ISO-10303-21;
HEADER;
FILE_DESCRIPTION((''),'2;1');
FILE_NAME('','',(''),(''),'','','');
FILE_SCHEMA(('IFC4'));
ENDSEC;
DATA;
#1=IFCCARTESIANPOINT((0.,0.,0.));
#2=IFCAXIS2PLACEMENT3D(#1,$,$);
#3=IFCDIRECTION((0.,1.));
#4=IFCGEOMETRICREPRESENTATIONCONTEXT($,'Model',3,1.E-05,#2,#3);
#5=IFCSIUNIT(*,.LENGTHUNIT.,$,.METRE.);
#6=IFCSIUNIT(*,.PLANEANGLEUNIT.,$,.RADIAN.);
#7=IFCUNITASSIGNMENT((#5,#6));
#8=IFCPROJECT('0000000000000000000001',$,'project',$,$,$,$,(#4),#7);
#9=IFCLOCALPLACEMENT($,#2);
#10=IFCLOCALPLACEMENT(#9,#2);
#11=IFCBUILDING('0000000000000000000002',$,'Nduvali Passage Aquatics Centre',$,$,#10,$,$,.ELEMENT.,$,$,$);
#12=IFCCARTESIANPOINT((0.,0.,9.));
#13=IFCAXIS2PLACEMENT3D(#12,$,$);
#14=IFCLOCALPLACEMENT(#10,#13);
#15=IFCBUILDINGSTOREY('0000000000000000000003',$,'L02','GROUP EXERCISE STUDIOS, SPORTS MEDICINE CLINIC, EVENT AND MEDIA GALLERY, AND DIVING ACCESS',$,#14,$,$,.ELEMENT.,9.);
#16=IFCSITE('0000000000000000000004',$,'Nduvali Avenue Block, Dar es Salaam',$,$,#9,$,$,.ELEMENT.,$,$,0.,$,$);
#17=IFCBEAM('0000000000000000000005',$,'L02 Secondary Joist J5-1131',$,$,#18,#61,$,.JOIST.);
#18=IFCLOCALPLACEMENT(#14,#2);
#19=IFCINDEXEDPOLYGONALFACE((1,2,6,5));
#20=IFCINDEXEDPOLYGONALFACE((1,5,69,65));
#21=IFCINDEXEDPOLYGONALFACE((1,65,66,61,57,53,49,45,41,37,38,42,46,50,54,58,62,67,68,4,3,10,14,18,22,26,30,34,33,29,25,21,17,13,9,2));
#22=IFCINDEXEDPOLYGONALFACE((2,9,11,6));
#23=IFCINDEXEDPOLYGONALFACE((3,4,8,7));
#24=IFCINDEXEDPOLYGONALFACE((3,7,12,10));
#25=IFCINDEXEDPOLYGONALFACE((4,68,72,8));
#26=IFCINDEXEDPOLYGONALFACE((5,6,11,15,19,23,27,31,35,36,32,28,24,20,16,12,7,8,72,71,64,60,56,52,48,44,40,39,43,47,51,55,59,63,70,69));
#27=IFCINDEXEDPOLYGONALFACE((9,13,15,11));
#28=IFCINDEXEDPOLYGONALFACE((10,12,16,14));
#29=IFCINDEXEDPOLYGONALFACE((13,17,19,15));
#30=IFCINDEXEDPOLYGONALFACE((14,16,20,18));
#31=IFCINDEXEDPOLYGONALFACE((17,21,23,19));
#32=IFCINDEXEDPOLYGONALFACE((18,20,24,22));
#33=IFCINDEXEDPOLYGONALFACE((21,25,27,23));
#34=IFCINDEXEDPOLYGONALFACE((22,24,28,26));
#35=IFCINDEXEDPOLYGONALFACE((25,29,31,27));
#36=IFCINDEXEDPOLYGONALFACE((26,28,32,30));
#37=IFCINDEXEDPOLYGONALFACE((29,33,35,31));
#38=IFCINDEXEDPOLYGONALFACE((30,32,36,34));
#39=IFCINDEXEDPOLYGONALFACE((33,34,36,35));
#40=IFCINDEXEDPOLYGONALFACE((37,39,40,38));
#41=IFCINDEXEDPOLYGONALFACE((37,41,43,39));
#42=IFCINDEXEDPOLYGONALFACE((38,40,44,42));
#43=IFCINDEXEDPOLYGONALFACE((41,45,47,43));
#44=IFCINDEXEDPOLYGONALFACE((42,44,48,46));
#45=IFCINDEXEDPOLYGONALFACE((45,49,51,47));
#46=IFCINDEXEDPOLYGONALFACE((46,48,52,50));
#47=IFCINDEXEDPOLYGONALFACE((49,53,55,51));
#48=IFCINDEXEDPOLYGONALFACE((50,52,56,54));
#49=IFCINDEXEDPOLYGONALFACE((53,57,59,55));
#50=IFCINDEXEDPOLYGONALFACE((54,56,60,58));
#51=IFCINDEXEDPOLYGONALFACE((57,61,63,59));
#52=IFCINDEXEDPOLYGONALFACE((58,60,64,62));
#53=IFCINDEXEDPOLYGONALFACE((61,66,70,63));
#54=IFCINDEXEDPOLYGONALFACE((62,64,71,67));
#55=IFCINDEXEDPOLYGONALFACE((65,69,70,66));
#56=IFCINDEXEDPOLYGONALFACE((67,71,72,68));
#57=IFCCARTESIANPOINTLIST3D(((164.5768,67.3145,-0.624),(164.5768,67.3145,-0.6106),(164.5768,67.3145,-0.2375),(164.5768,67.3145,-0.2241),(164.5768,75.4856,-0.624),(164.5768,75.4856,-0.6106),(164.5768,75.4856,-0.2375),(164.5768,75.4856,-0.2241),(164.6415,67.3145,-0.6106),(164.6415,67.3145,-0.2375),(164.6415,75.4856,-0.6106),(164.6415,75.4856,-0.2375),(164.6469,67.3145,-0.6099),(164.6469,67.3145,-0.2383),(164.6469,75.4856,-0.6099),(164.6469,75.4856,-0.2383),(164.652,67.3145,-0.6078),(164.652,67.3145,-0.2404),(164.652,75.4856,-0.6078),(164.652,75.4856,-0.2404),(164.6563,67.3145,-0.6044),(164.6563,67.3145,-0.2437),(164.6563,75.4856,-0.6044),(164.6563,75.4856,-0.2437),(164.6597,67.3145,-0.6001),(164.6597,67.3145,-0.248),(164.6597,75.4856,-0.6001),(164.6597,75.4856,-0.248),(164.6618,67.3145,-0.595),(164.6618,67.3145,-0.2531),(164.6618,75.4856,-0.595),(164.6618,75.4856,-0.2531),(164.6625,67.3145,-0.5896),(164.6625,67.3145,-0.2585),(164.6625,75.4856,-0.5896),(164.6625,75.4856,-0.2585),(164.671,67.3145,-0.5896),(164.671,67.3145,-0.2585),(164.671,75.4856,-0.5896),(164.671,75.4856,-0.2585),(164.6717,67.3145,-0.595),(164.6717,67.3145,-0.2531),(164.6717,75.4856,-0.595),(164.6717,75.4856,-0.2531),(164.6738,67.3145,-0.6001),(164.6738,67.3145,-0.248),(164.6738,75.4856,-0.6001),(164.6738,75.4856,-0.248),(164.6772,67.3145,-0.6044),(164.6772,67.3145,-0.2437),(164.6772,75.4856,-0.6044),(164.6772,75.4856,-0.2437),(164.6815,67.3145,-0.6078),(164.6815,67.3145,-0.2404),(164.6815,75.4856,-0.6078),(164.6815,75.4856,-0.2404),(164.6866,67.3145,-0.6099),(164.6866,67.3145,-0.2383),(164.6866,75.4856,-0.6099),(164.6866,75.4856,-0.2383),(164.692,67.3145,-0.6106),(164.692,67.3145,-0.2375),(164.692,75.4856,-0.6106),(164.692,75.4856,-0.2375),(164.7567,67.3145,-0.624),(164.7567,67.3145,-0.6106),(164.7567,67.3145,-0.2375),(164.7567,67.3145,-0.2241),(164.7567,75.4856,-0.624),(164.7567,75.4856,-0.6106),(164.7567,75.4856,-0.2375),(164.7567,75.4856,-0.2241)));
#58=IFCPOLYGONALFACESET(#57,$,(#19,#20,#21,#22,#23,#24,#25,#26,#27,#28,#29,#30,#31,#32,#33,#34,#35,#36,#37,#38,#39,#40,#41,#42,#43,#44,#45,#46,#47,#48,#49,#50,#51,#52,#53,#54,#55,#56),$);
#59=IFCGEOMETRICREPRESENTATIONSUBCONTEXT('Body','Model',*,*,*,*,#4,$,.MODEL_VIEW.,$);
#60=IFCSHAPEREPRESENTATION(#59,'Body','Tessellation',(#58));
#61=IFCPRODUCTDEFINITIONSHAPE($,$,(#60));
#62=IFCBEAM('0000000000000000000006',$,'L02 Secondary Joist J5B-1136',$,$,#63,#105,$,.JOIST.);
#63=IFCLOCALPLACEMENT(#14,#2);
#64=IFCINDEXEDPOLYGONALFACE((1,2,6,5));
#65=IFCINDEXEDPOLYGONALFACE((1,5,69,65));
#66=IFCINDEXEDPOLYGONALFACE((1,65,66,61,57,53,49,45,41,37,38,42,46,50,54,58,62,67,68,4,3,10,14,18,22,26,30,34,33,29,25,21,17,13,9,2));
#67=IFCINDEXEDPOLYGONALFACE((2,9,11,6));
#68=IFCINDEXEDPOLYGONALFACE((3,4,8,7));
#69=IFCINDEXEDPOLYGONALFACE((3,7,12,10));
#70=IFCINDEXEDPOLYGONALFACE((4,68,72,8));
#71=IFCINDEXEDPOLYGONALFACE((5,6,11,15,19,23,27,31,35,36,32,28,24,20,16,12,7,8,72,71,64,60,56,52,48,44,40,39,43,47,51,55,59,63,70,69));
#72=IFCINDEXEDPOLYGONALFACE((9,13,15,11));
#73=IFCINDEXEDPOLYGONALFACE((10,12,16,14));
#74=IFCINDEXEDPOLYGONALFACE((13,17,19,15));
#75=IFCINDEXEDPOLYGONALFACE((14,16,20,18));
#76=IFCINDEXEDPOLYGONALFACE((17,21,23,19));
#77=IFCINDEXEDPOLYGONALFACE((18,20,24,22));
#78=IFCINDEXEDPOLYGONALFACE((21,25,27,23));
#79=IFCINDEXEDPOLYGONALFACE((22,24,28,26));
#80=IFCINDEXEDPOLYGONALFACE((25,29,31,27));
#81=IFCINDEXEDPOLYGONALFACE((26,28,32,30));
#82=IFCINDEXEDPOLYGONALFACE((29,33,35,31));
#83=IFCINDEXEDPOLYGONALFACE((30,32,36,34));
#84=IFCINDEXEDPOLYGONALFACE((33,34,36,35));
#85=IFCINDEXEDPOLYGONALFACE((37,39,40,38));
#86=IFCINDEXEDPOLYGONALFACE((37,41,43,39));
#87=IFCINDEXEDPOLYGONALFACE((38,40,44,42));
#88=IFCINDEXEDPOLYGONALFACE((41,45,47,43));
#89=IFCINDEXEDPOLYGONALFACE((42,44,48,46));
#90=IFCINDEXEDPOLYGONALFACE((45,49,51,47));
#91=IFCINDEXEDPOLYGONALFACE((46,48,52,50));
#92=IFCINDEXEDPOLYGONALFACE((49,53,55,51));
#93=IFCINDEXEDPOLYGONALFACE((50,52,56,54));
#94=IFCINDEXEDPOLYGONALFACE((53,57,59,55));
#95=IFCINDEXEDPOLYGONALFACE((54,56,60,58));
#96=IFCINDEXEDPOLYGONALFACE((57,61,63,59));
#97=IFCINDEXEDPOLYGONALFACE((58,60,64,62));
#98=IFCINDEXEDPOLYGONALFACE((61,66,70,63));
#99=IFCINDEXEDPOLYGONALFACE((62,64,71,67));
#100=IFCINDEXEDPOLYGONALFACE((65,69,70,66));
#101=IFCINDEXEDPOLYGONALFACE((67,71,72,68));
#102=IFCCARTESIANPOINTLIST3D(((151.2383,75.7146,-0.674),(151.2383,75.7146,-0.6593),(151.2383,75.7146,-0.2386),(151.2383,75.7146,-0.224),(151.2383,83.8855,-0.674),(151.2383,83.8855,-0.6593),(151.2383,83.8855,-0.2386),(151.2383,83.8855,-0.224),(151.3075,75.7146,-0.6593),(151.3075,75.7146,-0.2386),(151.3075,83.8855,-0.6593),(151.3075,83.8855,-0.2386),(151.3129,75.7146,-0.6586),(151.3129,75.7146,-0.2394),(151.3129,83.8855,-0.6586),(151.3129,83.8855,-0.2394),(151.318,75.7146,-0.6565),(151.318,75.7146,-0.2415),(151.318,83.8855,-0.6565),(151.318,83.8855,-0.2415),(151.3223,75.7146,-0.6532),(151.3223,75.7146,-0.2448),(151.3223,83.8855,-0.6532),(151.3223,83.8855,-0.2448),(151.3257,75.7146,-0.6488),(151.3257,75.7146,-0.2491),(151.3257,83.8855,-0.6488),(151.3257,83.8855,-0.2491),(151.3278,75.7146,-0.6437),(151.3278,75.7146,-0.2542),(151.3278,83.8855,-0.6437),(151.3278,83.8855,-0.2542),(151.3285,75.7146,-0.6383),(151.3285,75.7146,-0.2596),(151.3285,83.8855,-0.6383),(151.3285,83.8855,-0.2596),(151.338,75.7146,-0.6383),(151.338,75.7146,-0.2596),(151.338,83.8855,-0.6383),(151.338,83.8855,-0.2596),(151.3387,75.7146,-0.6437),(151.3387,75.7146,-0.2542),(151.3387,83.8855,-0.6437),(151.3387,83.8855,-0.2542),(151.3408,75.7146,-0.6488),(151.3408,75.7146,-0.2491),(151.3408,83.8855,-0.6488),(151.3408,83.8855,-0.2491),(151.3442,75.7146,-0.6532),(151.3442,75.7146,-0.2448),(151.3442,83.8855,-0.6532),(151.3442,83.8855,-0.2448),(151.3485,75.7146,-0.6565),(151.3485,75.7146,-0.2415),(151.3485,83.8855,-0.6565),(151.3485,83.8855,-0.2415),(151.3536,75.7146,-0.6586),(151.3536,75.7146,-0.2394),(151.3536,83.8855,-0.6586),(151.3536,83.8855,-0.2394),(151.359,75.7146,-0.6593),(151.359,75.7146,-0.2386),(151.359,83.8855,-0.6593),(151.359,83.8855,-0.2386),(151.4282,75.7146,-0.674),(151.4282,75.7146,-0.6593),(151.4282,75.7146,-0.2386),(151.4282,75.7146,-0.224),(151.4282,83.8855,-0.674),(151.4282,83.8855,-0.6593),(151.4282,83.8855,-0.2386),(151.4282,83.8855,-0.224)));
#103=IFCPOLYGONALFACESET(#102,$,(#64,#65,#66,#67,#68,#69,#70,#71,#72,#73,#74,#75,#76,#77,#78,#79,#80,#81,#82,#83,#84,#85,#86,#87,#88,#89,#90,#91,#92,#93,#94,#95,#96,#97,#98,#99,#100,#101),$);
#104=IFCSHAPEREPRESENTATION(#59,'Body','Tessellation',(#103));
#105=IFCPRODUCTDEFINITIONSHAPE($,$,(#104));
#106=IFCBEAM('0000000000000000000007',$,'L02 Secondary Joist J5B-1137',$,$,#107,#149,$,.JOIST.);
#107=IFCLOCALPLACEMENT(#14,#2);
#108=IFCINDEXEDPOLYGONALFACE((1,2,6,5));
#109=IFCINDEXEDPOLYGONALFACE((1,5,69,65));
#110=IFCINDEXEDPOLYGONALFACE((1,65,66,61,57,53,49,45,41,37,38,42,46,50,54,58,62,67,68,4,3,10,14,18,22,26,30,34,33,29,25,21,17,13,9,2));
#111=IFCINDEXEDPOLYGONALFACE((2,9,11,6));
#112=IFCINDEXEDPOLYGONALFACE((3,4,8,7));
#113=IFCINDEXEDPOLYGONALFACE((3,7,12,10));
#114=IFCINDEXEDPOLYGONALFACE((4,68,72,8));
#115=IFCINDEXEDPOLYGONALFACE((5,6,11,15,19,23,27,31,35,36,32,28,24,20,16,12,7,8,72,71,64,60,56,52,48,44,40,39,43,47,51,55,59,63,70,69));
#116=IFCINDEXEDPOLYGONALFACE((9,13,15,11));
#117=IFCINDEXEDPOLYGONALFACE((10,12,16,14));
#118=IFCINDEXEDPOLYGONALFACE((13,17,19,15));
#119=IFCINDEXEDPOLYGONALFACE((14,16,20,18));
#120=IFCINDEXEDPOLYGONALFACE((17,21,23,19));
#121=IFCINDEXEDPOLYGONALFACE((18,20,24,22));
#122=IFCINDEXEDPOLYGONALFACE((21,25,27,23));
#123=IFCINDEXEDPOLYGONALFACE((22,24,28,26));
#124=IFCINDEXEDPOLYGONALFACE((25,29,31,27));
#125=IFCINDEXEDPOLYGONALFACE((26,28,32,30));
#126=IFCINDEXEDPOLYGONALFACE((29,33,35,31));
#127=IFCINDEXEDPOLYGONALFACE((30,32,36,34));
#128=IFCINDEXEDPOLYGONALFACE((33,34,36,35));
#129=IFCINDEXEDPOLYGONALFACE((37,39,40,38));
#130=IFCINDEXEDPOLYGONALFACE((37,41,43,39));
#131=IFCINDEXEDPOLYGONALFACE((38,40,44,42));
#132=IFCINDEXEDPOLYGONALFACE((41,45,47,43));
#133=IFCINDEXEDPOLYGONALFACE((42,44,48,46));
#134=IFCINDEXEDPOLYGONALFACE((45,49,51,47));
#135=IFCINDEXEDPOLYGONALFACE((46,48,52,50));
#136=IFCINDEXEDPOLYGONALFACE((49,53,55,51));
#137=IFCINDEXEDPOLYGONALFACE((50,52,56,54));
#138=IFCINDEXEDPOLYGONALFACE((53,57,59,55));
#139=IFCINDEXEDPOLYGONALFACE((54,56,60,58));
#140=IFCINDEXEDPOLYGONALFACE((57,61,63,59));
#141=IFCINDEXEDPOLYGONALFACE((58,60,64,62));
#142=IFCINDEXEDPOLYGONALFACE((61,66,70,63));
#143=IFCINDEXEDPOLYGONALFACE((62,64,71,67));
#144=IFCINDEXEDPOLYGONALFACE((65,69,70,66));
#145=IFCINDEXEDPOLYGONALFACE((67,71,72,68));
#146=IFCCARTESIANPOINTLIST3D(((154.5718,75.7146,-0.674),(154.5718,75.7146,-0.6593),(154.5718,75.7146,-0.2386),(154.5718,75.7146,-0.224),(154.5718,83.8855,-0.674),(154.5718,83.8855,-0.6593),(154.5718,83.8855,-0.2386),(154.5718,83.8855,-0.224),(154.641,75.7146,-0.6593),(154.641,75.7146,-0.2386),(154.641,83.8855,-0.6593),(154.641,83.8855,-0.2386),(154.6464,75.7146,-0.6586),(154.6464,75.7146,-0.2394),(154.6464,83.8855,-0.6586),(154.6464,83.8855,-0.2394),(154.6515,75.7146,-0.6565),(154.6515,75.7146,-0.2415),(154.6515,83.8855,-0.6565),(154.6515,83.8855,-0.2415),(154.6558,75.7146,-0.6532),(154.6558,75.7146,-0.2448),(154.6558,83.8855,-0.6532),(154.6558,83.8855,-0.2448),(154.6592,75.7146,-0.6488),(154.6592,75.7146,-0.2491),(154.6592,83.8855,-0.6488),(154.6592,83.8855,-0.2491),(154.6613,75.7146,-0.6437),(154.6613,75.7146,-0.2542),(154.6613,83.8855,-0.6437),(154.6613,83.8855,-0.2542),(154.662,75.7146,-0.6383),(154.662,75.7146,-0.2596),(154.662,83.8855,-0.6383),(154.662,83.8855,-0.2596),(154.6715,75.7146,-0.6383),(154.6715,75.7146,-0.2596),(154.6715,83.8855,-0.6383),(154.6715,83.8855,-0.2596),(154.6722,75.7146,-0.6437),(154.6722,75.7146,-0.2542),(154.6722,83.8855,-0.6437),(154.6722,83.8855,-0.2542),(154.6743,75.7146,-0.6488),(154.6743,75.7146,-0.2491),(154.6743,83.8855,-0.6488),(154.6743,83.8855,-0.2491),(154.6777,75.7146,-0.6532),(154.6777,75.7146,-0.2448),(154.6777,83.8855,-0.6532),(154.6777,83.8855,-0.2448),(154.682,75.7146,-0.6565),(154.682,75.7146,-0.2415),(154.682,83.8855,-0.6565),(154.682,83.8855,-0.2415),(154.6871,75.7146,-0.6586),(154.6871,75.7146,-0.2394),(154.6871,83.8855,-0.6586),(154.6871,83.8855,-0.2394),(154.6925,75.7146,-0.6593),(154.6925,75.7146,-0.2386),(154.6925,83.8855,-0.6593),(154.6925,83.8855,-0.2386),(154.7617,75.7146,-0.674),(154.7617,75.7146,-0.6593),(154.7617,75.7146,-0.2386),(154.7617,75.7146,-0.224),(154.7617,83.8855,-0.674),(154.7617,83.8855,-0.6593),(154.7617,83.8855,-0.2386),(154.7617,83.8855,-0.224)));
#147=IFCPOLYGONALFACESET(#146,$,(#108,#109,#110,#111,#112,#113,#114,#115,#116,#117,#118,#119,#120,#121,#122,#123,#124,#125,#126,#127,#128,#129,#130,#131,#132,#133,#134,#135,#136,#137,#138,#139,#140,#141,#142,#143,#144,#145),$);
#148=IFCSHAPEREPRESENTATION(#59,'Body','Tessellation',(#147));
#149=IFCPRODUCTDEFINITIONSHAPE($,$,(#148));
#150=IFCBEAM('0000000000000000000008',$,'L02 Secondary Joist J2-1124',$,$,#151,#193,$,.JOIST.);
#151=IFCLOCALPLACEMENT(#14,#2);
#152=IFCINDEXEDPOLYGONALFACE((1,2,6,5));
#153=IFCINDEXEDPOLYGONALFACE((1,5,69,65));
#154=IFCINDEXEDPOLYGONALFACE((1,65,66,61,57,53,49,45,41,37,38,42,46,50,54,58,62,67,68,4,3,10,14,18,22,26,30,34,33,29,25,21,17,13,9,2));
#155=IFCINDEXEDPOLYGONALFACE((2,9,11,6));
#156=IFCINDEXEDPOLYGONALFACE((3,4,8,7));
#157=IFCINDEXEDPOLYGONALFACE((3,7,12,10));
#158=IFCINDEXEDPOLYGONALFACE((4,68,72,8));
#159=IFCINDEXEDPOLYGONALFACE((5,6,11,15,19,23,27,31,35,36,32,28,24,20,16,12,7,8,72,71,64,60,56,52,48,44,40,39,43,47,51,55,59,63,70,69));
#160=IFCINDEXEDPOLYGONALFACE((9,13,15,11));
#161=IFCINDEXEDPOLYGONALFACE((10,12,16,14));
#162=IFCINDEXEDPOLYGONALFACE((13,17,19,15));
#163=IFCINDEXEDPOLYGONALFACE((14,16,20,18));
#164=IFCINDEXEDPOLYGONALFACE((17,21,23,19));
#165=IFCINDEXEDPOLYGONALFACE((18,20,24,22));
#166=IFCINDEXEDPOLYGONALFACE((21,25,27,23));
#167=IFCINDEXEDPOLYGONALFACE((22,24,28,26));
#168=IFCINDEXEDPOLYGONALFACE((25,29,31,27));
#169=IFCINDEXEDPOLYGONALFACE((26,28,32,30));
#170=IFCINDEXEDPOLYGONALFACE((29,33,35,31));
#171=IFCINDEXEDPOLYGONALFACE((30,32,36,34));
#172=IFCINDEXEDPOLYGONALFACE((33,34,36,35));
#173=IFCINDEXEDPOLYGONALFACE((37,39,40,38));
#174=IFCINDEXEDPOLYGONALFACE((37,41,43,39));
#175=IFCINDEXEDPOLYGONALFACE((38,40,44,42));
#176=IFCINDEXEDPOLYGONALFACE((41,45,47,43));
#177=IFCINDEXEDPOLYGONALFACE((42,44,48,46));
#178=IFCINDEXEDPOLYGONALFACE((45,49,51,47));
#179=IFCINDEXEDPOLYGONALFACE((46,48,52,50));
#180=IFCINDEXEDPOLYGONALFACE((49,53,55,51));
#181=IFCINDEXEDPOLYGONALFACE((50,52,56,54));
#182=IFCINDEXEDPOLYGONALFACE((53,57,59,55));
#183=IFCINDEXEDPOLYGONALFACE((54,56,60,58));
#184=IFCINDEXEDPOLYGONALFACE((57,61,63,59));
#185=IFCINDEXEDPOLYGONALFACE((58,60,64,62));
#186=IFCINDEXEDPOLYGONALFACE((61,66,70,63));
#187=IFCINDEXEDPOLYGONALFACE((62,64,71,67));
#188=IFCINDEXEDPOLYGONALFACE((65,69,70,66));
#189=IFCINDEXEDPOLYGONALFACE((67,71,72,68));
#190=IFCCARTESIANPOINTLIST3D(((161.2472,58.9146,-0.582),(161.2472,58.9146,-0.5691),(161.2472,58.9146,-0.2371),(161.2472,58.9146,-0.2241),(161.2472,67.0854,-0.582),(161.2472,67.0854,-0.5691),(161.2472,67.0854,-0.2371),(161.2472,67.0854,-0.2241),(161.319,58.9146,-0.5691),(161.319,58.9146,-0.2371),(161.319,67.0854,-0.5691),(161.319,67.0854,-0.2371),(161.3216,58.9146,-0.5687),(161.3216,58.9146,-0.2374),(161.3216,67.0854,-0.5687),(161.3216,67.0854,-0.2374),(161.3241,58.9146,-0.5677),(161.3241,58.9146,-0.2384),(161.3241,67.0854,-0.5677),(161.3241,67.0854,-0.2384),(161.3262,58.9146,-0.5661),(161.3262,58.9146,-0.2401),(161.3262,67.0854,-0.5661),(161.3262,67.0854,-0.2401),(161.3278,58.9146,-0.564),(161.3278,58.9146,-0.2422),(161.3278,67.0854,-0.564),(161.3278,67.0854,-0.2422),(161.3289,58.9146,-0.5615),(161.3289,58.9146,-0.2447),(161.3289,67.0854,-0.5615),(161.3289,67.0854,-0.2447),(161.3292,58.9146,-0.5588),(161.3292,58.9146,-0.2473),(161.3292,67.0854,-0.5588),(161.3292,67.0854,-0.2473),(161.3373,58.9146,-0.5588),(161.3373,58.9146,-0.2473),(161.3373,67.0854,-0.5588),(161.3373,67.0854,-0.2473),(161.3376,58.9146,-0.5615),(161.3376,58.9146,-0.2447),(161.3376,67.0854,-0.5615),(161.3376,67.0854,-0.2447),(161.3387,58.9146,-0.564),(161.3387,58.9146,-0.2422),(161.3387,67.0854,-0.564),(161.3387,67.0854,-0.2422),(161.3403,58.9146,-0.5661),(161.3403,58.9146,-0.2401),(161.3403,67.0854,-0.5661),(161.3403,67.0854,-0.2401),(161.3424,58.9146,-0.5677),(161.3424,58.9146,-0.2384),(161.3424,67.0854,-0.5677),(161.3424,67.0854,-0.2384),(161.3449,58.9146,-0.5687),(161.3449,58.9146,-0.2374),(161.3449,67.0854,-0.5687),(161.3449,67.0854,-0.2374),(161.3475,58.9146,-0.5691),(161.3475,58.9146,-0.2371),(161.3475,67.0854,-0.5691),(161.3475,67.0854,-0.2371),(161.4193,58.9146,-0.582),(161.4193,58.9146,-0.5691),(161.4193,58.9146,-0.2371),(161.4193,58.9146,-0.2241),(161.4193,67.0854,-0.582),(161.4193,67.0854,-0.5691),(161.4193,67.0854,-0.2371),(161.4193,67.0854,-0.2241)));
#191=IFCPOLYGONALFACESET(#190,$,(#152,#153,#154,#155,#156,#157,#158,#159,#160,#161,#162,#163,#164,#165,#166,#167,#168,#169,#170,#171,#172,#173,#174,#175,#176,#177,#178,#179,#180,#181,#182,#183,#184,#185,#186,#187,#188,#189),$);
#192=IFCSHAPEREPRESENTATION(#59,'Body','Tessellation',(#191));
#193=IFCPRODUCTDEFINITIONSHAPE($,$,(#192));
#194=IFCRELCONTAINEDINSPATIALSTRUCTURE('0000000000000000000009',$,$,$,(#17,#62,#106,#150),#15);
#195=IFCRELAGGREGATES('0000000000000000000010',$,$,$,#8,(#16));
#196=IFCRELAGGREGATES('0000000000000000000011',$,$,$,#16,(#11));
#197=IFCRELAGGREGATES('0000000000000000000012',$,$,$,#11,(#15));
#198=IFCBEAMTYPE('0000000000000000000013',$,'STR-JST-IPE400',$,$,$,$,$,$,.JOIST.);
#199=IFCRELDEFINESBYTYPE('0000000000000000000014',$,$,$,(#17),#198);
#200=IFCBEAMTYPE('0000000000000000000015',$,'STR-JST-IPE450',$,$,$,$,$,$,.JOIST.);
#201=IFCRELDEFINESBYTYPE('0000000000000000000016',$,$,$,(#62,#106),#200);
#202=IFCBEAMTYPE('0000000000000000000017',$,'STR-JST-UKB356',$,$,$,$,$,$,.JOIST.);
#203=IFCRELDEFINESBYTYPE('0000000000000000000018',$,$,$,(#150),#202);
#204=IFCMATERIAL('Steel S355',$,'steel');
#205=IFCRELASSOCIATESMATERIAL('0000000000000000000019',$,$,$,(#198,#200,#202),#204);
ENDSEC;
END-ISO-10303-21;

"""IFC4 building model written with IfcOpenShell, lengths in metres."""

from ifc_helpers import new_model, si_unit, direction, frame, origin, origin_2d, place, context, subcontext, project, spatial, i_section, extrude, material, material_profile, profile_set, type_object, element, save


model = new_model("IFC4")

# Units and contexts
model_context = context("Model", 3, precision=1e-05, world=origin(), true_north=direction((0.0, 1.0)))
body_context = subcontext(model_context, "Body", "Model", "MODEL_VIEW")
ifc_project = project(units=[si_unit("LENGTHUNIT", "METRE"), si_unit("PLANEANGLEUNIT", "RADIAN")], contexts=[model_context])

# Site, building, storey
site_placement = place(None, origin())
site = spatial("IfcSite", under=ifc_project, at=site_placement, Name="Nduvali Avenue Block, Dar es Salaam", CompositionType="ELEMENT", RefElevation=0.0)
building_placement = place(site_placement, origin())
building = spatial("IfcBuilding", under=site, at=building_placement, Name="Nduvali Passage Aquatics Centre", CompositionType="ELEMENT")
storey_placement = place(building_placement, frame((0.0, 0.0, 9.0)))
storey = spatial("IfcBuildingStorey", under=building, at=storey_placement, Name="L02", Description="GROUP EXERCISE STUDIOS, SPORTS MEDICINE CLINIC, EVENT AND MEDIA GALLERY, AND DIVING ACCESS", CompositionType="ELEMENT", Elevation=9.0)

# Beams
ifc_material = material(Name="Steel S355", Category="steel")
ifc_material_profile_1 = material_profile(ifc_material, i_section(OverallWidth=0.1799, OverallDepth=0.3999, WebThickness=0.0085, FlangeThickness=0.0134, FilletRadius=0.021, at=origin_2d()), Name="IPE 400")
ifc_profile_set_1 = profile_set([ifc_material_profile_1], Name="Steel S355")
beam_type_1 = type_object("IfcBeamType", Name="STR-JST-IPE400", PredefinedType="JOIST", material=ifc_profile_set_1)
for number, where, z_axis, x_axis, name in (
    (1, (164.6667, 67.3145, -0.4241), (0.0, 1.0, 0.0), (-1.0, 0.0, 0.0), "L02 Secondary Joist J5-1131"),
):
    element("IfcBeam", number, at=place(storey_placement, frame(where, z_axis=z_axis, x_axis=x_axis)), inside=storey, type_object=beam_type_1, Name=name, PredefinedType="JOIST", context=body_context, shape_type="SweptSolid", body=[
        extrude(i_section(OverallWidth=0.1799, OverallDepth=0.3999, WebThickness=0.0085, FlangeThickness=0.0134, FilletRadius=0.021, at=origin_2d()), origin(), (0.0, 0.0, 1.0), 8.1711),
    ])
ifc_material_profile_2 = material_profile(ifc_material, i_section(OverallWidth=0.1899, OverallDepth=0.45, WebThickness=0.0095, FlangeThickness=0.0146, FilletRadius=0.021, at=origin_2d()), Name="IPE 450")
ifc_profile_set_2 = profile_set([ifc_material_profile_2], Name="Steel S355")
beam_type_2 = type_object("IfcBeamType", Name="STR-JST-IPE450", PredefinedType="JOIST", material=ifc_profile_set_2)
for number, where, z_axis, x_axis, name in (
    (2, (151.3333, 75.7146, -0.449), (0.0, 1.0, 0.0), (-1.0, 0.0, 0.0), "L02 Secondary Joist J5B-1136"),
    (3, (154.6667, 75.7146, -0.449), (0.0, 1.0, 0.0), (-1.0, 0.0, 0.0), "L02 Secondary Joist J5B-1137"),
):
    element("IfcBeam", number, at=place(storey_placement, frame(where, z_axis=z_axis, x_axis=x_axis)), inside=storey, type_object=beam_type_2, Name=name, PredefinedType="JOIST", context=body_context, shape_type="SweptSolid", body=[
        extrude(i_section(OverallWidth=0.1899, OverallDepth=0.45, WebThickness=0.0095, FlangeThickness=0.0146, FilletRadius=0.021, at=origin_2d()), origin(), (0.0, 0.0, 1.0), 8.1709),
    ])
ifc_material_profile_3 = material_profile(ifc_material, i_section(OverallWidth=0.1721, OverallDepth=0.3579, WebThickness=0.0081, FlangeThickness=0.0129, FilletRadius=0.0103, at=origin_2d()), Name="UKB 356x171x57")
ifc_profile_set_3 = profile_set([ifc_material_profile_3], Name="Steel S355")
beam_type_3 = type_object("IfcBeamType", Name="STR-JST-UKB356", PredefinedType="JOIST", material=ifc_profile_set_3)
for number, where, z_axis, x_axis, name in (
    (4, (161.3333, 58.9146, -0.4031), (0.0, 1.0, 0.0), (-1.0, 0.0, 0.0), "L02 Secondary Joist J2-1124"),
):
    element("IfcBeam", number, at=place(storey_placement, frame(where, z_axis=z_axis, x_axis=x_axis)), inside=storey, type_object=beam_type_3, Name=name, PredefinedType="JOIST", context=body_context, shape_type="SweptSolid", body=[
        extrude(i_section(OverallWidth=0.1721, OverallDepth=0.3579, WebThickness=0.0081, FlangeThickness=0.0129, FilletRadius=0.0103, at=origin_2d()), origin(), (0.0, 0.0, 1.0), 8.1709),
    ])

save(model, "model.ifc")
